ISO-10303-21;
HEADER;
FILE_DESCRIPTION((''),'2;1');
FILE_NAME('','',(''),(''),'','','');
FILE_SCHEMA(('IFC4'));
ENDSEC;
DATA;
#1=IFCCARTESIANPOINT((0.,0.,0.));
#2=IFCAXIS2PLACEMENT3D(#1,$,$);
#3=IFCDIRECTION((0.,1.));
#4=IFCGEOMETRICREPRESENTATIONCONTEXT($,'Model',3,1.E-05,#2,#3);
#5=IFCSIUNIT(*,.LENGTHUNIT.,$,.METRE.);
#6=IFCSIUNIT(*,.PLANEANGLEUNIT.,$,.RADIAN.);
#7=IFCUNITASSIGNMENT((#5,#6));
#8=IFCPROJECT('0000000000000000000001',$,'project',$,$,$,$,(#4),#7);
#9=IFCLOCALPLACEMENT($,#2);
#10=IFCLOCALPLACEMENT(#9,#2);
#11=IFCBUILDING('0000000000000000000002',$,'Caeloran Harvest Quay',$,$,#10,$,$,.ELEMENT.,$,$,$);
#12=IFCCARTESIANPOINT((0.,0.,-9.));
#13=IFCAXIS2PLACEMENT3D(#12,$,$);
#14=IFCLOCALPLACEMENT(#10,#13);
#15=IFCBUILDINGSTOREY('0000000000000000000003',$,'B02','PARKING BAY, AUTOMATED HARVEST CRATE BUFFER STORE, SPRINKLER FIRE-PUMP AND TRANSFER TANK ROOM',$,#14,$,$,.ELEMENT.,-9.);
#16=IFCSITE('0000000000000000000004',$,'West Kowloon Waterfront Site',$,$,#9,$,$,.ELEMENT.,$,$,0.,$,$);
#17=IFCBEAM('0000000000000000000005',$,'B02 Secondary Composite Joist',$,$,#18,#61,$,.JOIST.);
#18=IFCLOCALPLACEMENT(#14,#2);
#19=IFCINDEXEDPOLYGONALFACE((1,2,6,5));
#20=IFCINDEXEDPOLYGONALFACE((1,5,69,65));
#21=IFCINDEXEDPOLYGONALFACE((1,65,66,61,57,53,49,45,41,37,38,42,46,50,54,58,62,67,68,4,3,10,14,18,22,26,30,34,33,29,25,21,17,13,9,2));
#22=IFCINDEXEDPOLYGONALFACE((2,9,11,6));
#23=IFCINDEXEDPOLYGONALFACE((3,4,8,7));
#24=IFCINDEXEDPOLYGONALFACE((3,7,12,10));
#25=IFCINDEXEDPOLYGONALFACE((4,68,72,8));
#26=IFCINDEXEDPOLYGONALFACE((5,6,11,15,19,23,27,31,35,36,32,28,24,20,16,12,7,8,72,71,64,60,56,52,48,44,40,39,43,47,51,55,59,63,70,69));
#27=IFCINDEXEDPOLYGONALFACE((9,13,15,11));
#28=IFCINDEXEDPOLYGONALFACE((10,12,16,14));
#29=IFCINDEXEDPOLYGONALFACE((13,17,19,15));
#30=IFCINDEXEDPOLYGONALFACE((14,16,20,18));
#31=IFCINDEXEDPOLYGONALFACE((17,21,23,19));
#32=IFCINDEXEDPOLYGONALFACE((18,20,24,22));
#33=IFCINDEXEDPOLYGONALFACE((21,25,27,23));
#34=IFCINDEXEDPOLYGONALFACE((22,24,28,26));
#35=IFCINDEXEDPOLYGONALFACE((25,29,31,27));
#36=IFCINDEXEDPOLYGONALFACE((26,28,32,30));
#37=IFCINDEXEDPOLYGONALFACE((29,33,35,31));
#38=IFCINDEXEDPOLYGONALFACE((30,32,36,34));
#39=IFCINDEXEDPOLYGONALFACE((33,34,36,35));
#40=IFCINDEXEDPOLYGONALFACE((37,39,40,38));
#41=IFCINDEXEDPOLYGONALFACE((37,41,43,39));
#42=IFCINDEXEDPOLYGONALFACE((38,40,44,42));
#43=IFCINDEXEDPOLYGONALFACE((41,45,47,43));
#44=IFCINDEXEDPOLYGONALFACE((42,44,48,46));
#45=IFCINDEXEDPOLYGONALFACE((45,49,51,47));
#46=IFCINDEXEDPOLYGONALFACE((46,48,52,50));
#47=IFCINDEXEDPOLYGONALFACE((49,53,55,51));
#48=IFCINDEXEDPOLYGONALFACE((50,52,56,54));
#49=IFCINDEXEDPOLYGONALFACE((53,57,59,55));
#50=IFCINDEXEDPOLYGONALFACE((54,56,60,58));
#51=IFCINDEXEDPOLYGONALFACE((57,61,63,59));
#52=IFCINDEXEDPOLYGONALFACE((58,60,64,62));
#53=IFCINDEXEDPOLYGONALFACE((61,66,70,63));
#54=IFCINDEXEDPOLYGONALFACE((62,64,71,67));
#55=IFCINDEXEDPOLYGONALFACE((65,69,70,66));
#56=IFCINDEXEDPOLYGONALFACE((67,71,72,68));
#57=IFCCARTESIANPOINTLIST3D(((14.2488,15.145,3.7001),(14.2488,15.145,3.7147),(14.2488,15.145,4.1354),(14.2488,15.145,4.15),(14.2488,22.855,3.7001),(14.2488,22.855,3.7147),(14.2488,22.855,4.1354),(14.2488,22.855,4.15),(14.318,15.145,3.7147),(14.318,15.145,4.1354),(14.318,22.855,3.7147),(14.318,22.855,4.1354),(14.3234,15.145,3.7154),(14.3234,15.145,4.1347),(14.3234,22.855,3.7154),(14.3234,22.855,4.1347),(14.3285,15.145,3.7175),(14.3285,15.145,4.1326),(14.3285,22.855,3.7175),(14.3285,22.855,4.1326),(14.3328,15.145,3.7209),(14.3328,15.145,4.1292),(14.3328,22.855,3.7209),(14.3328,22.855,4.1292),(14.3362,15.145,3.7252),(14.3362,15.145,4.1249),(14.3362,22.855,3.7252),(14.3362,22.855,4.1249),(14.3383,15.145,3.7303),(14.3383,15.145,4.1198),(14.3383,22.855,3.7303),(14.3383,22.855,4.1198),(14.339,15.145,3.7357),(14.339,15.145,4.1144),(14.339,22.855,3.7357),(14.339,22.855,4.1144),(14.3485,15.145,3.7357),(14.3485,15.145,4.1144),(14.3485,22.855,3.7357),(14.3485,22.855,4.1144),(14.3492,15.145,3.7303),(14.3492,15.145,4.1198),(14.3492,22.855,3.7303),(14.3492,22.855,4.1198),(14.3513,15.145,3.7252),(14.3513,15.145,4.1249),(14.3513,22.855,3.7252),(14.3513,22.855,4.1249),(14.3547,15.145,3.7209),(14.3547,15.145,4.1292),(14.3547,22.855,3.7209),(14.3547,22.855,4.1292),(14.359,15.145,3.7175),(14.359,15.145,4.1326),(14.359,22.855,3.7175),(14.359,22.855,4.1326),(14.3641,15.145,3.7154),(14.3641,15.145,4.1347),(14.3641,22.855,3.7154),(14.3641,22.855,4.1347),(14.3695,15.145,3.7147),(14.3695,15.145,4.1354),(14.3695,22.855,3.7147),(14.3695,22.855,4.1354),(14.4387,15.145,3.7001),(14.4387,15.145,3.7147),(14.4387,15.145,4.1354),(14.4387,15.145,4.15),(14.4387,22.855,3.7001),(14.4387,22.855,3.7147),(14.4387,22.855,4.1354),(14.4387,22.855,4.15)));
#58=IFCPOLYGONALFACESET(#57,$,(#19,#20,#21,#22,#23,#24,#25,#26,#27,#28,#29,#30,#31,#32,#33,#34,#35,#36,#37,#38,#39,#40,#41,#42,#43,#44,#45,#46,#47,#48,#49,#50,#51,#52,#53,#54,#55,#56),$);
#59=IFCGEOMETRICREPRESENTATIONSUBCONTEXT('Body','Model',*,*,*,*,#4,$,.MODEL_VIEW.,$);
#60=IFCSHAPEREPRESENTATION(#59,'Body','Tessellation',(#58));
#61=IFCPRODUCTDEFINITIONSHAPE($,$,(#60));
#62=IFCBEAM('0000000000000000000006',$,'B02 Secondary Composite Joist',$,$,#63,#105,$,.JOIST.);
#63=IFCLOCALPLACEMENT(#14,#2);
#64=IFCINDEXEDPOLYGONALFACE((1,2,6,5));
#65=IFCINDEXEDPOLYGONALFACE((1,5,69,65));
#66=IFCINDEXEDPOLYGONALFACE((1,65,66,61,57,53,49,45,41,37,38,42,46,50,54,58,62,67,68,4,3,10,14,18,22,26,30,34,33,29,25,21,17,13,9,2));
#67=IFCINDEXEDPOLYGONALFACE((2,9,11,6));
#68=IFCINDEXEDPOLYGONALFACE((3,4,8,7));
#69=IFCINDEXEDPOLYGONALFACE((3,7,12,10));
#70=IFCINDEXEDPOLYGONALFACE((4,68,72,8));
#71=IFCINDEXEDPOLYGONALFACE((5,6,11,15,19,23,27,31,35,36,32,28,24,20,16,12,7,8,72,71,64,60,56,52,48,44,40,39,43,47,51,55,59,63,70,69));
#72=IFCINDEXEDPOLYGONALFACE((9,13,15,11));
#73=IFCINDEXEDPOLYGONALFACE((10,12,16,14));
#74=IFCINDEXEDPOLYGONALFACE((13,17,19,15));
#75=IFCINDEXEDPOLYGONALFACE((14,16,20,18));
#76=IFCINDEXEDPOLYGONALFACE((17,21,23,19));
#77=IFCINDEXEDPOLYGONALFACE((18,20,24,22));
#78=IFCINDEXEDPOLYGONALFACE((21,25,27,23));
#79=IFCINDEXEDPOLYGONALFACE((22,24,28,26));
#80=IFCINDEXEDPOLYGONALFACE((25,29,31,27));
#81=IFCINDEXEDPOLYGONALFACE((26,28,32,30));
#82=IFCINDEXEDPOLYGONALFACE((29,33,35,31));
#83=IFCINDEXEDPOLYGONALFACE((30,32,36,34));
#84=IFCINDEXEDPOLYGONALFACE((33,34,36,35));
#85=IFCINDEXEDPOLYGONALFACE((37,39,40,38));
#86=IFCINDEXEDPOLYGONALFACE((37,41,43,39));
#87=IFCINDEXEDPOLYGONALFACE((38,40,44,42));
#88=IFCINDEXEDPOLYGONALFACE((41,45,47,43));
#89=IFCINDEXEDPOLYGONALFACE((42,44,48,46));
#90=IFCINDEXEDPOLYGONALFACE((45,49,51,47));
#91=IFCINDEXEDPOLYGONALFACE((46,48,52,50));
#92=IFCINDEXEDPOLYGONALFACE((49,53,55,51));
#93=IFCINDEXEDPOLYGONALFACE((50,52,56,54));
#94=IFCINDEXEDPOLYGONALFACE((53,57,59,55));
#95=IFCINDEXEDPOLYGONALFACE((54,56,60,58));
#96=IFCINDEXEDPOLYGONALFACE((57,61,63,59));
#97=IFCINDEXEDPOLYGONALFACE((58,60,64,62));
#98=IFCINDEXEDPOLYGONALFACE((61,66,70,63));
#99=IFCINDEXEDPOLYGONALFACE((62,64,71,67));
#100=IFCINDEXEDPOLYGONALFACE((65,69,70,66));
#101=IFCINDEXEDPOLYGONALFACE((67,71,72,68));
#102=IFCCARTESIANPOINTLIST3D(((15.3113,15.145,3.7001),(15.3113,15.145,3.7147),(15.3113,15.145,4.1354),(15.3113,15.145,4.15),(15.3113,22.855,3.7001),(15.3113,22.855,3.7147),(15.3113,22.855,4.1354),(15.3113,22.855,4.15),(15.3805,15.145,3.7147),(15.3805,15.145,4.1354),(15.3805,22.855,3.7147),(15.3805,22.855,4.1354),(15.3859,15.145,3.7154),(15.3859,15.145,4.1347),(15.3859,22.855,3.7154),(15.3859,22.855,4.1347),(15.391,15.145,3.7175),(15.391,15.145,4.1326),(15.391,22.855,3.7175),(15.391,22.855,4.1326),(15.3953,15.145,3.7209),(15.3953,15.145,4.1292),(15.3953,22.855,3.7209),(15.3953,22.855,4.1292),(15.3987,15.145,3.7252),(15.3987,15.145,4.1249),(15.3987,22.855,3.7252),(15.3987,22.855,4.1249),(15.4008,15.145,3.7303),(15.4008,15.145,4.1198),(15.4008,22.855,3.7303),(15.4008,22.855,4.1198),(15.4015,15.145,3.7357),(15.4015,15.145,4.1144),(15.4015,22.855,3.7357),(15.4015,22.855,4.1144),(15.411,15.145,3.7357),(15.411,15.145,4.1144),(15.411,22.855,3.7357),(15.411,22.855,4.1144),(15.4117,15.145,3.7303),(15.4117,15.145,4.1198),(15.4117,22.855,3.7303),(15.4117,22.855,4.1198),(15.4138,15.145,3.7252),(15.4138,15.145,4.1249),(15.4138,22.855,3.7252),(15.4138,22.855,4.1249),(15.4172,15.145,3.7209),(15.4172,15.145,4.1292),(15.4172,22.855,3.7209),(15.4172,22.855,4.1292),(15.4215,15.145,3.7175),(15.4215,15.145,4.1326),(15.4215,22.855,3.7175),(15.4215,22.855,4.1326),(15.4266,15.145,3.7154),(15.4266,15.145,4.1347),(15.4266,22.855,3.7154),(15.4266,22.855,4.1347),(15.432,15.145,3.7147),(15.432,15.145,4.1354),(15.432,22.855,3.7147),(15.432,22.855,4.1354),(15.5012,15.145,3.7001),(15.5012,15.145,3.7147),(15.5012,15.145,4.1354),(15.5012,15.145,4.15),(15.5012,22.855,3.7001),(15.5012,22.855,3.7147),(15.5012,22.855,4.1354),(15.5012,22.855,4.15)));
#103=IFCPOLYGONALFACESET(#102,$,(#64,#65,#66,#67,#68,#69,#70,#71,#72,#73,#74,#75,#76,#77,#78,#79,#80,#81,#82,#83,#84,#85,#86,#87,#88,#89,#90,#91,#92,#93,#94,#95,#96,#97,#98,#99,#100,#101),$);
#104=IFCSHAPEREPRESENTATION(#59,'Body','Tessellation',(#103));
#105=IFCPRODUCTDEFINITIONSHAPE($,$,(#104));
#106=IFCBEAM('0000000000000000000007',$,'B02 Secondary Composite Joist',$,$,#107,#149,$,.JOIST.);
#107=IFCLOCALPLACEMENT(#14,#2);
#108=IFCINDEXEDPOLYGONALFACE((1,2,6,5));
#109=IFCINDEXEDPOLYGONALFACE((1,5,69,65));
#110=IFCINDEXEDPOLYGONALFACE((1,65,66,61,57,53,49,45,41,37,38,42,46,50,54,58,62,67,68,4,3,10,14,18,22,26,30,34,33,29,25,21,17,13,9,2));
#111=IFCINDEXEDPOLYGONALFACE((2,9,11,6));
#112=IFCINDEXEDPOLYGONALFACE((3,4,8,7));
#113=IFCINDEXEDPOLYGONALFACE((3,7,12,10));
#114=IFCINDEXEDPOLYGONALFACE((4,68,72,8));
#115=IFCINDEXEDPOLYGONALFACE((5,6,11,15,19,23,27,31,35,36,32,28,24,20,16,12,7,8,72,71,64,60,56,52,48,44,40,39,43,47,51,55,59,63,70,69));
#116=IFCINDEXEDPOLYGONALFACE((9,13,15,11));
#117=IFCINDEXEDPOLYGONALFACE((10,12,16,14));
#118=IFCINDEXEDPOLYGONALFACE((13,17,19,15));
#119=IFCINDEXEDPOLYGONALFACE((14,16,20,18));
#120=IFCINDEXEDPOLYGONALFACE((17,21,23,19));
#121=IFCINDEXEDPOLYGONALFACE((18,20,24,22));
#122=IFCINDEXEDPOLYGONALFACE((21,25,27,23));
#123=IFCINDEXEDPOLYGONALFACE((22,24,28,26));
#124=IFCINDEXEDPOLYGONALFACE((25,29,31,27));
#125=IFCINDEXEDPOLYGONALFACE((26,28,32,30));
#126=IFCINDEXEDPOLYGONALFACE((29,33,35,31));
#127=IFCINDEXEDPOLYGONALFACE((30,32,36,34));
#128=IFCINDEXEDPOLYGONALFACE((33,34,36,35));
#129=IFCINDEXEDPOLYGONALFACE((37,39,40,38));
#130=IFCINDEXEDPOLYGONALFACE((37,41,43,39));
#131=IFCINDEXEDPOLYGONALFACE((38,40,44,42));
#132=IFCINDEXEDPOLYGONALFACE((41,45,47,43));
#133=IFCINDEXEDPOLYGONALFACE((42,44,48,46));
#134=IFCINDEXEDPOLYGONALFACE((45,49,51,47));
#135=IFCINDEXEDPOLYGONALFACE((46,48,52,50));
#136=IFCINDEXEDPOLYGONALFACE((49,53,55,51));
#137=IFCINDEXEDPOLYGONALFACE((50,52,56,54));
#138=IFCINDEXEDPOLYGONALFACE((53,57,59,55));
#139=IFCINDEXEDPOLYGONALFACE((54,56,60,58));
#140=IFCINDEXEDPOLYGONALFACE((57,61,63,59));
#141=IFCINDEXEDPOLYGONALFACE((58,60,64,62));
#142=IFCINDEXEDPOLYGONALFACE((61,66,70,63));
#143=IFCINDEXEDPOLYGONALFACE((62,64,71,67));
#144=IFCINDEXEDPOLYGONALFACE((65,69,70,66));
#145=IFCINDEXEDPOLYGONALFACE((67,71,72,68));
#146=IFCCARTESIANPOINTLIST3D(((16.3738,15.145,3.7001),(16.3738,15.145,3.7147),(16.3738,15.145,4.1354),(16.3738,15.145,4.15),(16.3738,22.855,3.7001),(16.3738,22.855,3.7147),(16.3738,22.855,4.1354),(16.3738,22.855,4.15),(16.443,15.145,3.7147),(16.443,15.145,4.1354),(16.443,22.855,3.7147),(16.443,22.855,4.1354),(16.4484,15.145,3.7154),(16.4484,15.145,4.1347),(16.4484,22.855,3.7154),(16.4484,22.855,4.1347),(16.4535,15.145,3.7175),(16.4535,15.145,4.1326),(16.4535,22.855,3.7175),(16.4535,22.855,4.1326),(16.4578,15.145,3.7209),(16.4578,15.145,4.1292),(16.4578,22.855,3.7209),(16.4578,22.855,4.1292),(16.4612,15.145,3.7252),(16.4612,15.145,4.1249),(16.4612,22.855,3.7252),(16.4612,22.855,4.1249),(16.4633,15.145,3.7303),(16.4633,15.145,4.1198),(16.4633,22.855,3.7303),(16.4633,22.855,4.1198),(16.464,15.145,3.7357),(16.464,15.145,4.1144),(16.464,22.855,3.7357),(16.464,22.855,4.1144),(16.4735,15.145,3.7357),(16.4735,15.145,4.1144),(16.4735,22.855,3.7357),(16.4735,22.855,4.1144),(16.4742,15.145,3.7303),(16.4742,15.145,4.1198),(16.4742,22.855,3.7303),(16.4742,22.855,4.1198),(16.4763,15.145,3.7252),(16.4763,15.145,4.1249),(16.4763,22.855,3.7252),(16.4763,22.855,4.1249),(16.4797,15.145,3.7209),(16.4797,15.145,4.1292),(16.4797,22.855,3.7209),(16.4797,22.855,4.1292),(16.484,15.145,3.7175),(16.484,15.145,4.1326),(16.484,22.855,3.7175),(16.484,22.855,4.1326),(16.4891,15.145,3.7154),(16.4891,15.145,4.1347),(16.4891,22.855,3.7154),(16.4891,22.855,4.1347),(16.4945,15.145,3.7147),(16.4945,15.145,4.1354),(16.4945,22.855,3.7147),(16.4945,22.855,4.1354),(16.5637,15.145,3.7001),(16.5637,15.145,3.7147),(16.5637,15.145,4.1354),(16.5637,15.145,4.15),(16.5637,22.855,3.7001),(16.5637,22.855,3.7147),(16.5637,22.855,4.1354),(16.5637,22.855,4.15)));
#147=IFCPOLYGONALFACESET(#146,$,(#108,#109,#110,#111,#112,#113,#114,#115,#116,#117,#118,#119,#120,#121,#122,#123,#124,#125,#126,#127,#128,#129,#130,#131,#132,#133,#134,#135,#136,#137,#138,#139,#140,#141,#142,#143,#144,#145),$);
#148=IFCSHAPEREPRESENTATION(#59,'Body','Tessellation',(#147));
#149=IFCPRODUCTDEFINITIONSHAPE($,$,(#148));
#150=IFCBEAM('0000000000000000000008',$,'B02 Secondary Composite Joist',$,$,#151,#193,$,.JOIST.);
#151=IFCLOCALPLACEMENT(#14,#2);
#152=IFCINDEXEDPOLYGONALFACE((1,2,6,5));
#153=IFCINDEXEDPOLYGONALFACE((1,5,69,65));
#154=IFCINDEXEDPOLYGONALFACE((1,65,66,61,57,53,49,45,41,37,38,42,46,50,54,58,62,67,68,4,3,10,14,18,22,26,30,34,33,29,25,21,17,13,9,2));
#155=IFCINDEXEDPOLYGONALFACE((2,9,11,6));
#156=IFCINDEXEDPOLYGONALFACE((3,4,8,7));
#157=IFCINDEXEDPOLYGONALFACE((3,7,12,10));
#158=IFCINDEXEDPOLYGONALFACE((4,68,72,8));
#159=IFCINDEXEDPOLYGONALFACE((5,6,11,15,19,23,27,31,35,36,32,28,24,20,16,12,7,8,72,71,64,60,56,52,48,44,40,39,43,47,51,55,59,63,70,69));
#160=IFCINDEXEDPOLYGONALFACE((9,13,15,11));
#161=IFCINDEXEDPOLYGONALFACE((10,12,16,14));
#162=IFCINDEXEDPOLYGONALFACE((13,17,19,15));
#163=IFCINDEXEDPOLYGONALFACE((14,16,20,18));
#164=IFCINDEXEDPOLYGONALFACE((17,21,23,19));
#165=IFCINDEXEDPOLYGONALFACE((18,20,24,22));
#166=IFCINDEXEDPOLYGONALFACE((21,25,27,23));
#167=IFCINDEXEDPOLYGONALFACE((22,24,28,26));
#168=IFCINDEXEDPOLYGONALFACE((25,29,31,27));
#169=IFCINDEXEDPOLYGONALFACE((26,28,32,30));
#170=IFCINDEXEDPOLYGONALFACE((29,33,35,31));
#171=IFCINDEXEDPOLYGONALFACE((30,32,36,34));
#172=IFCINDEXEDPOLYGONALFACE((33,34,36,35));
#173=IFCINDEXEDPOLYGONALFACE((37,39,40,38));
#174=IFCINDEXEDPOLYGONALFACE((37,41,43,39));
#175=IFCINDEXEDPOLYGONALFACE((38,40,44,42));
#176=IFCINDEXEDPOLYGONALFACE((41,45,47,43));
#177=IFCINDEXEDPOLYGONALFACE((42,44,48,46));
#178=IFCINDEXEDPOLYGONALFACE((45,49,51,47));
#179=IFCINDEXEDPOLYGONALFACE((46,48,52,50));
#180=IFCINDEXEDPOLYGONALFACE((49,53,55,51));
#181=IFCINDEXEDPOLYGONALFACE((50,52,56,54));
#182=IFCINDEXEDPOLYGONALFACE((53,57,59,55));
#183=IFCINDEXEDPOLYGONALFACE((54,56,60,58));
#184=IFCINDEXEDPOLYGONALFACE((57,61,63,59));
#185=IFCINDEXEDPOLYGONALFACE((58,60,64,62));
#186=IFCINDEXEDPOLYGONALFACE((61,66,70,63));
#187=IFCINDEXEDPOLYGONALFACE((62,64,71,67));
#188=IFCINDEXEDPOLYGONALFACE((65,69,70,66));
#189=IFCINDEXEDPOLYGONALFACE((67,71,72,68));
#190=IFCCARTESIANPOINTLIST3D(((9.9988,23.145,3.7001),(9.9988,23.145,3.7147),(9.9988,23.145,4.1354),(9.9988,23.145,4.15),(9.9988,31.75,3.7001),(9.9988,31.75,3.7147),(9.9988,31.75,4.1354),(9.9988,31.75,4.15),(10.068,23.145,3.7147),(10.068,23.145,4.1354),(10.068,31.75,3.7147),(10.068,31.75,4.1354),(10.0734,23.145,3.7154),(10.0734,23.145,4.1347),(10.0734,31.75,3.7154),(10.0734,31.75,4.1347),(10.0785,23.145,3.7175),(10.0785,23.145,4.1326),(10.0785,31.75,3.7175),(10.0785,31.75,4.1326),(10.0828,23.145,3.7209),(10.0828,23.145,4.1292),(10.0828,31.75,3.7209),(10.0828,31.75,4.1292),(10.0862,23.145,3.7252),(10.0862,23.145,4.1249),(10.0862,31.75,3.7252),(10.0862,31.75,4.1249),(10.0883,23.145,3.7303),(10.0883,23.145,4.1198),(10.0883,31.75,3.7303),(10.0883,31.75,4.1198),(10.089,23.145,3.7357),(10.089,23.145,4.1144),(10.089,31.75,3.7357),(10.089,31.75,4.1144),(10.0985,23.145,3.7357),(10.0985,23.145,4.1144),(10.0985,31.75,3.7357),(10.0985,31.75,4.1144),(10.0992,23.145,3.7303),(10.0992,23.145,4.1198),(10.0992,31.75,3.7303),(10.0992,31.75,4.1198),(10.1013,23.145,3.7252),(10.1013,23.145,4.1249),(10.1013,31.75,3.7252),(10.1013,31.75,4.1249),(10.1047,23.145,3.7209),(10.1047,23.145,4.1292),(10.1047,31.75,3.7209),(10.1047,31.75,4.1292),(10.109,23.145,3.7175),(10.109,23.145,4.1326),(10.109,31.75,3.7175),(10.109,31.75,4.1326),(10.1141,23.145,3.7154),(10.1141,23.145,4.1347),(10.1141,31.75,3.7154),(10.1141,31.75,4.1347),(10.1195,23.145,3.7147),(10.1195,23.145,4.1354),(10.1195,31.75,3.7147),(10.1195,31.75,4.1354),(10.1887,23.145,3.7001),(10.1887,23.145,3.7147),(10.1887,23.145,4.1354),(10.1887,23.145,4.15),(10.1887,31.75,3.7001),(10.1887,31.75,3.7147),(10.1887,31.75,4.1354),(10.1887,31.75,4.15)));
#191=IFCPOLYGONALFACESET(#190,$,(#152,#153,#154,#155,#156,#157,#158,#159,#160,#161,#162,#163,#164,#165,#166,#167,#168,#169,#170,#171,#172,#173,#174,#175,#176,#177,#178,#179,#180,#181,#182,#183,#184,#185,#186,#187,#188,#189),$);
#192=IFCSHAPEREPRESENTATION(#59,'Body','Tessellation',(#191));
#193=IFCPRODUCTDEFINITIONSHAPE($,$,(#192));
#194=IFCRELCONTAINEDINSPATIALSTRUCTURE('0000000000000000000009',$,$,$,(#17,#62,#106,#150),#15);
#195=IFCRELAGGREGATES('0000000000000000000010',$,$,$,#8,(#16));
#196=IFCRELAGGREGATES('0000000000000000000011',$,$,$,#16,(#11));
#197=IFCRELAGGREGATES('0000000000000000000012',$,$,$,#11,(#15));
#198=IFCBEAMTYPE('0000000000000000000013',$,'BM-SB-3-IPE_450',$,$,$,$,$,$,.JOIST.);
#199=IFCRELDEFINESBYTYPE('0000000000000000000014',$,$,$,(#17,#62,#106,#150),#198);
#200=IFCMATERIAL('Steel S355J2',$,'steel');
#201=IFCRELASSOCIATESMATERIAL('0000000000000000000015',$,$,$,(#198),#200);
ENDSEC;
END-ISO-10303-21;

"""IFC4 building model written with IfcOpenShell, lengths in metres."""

from ifc_helpers import new_model, si_unit, direction, frame, origin, origin_2d, place, context, subcontext, project, spatial, i_section, extrude, material, material_profile, profile_set, type_object, element, save


model = new_model("IFC4")

# Units and contexts
model_context = context("Model", 3, precision=1e-05, world=origin(), true_north=direction((0.0, 1.0)))
body_context = subcontext(model_context, "Body", "Model", "MODEL_VIEW")
ifc_project = project(units=[si_unit("LENGTHUNIT", "METRE"), si_unit("PLANEANGLEUNIT", "RADIAN")], contexts=[model_context])

# Site, building, storey
site_placement = place(None, origin())
site = spatial("IfcSite", under=ifc_project, at=site_placement, Name="West Kowloon Waterfront Site", CompositionType="ELEMENT", RefElevation=0.0)
building_placement = place(site_placement, origin())
building = spatial("IfcBuilding", under=site, at=building_placement, Name="Caeloran Harvest Quay", CompositionType="ELEMENT")
storey_placement = place(building_placement, frame((0.0, 0.0, -9.0)))
storey = spatial("IfcBuildingStorey", under=building, at=storey_placement, Name="B02", Description="PARKING BAY, AUTOMATED HARVEST CRATE BUFFER STORE, SPRINKLER FIRE-PUMP AND TRANSFER TANK ROOM", CompositionType="ELEMENT", Elevation=-9.0)

# Beams
ifc_material_1 = material(Name="Steel S355J2", Category="steel")
ifc_material_profile_1 = material_profile(ifc_material_1, i_section(OverallWidth=0.1899, OverallDepth=0.45, WebThickness=0.0095, FlangeThickness=0.0146, FilletRadius=0.021, at=origin_2d()), Name="IPE 450")
ifc_profile_set_1 = profile_set([ifc_material_profile_1], Name="Steel S355J2")
beam_type_1 = type_object("IfcBeamType", Name="BM-SB-3-IPE_450", PredefinedType="JOIST", material=ifc_profile_set_1)
for number, where, z_axis, x_axis, name in (
    (1, (14.3438, 15.145, 3.925), (0.0, 1.0, 0.0), (-1.0, 0.0, 0.0), "B02 Secondary Composite Joist"),
    (2, (15.4062, 15.145, 3.925), (0.0, 1.0, 0.0), (-1.0, 0.0, 0.0), "B02 Secondary Composite Joist"),
    (3, (16.4688, 15.145, 3.925), (0.0, 1.0, 0.0), (-1.0, 0.0, 0.0), "B02 Secondary Composite Joist"),
):
    element("IfcBeam", number, at=place(storey_placement, frame(where, z_axis=z_axis, x_axis=x_axis)), inside=storey, type_object=beam_type_1, Name=name, PredefinedType="JOIST", context=body_context, shape_type="SweptSolid", body=[
        extrude(i_section(OverallWidth=0.1899, OverallDepth=0.45, WebThickness=0.0095, FlangeThickness=0.0146, FilletRadius=0.021, at=origin_2d()), origin(), (0.0, 0.0, 1.0), 7.71),
    ])
for number, where, z_axis, x_axis, name in (
    (4, (10.0938, 23.145, 3.925), (0.0, 1.0, 0.0), (-1.0, 0.0, 0.0), "B02 Secondary Composite Joist"),
):
    element("IfcBeam", number, at=place(storey_placement, frame(where, z_axis=z_axis, x_axis=x_axis)), inside=storey, type_object=beam_type_1, Name=name, PredefinedType="JOIST", context=body_context, shape_type="SweptSolid", body=[
        extrude(i_section(OverallWidth=0.1899, OverallDepth=0.45, WebThickness=0.0095, FlangeThickness=0.0146, FilletRadius=0.021, at=origin_2d()), origin(), (0.0, 0.0, 1.0), 8.605),
    ])

save(model, "model.ifc")
